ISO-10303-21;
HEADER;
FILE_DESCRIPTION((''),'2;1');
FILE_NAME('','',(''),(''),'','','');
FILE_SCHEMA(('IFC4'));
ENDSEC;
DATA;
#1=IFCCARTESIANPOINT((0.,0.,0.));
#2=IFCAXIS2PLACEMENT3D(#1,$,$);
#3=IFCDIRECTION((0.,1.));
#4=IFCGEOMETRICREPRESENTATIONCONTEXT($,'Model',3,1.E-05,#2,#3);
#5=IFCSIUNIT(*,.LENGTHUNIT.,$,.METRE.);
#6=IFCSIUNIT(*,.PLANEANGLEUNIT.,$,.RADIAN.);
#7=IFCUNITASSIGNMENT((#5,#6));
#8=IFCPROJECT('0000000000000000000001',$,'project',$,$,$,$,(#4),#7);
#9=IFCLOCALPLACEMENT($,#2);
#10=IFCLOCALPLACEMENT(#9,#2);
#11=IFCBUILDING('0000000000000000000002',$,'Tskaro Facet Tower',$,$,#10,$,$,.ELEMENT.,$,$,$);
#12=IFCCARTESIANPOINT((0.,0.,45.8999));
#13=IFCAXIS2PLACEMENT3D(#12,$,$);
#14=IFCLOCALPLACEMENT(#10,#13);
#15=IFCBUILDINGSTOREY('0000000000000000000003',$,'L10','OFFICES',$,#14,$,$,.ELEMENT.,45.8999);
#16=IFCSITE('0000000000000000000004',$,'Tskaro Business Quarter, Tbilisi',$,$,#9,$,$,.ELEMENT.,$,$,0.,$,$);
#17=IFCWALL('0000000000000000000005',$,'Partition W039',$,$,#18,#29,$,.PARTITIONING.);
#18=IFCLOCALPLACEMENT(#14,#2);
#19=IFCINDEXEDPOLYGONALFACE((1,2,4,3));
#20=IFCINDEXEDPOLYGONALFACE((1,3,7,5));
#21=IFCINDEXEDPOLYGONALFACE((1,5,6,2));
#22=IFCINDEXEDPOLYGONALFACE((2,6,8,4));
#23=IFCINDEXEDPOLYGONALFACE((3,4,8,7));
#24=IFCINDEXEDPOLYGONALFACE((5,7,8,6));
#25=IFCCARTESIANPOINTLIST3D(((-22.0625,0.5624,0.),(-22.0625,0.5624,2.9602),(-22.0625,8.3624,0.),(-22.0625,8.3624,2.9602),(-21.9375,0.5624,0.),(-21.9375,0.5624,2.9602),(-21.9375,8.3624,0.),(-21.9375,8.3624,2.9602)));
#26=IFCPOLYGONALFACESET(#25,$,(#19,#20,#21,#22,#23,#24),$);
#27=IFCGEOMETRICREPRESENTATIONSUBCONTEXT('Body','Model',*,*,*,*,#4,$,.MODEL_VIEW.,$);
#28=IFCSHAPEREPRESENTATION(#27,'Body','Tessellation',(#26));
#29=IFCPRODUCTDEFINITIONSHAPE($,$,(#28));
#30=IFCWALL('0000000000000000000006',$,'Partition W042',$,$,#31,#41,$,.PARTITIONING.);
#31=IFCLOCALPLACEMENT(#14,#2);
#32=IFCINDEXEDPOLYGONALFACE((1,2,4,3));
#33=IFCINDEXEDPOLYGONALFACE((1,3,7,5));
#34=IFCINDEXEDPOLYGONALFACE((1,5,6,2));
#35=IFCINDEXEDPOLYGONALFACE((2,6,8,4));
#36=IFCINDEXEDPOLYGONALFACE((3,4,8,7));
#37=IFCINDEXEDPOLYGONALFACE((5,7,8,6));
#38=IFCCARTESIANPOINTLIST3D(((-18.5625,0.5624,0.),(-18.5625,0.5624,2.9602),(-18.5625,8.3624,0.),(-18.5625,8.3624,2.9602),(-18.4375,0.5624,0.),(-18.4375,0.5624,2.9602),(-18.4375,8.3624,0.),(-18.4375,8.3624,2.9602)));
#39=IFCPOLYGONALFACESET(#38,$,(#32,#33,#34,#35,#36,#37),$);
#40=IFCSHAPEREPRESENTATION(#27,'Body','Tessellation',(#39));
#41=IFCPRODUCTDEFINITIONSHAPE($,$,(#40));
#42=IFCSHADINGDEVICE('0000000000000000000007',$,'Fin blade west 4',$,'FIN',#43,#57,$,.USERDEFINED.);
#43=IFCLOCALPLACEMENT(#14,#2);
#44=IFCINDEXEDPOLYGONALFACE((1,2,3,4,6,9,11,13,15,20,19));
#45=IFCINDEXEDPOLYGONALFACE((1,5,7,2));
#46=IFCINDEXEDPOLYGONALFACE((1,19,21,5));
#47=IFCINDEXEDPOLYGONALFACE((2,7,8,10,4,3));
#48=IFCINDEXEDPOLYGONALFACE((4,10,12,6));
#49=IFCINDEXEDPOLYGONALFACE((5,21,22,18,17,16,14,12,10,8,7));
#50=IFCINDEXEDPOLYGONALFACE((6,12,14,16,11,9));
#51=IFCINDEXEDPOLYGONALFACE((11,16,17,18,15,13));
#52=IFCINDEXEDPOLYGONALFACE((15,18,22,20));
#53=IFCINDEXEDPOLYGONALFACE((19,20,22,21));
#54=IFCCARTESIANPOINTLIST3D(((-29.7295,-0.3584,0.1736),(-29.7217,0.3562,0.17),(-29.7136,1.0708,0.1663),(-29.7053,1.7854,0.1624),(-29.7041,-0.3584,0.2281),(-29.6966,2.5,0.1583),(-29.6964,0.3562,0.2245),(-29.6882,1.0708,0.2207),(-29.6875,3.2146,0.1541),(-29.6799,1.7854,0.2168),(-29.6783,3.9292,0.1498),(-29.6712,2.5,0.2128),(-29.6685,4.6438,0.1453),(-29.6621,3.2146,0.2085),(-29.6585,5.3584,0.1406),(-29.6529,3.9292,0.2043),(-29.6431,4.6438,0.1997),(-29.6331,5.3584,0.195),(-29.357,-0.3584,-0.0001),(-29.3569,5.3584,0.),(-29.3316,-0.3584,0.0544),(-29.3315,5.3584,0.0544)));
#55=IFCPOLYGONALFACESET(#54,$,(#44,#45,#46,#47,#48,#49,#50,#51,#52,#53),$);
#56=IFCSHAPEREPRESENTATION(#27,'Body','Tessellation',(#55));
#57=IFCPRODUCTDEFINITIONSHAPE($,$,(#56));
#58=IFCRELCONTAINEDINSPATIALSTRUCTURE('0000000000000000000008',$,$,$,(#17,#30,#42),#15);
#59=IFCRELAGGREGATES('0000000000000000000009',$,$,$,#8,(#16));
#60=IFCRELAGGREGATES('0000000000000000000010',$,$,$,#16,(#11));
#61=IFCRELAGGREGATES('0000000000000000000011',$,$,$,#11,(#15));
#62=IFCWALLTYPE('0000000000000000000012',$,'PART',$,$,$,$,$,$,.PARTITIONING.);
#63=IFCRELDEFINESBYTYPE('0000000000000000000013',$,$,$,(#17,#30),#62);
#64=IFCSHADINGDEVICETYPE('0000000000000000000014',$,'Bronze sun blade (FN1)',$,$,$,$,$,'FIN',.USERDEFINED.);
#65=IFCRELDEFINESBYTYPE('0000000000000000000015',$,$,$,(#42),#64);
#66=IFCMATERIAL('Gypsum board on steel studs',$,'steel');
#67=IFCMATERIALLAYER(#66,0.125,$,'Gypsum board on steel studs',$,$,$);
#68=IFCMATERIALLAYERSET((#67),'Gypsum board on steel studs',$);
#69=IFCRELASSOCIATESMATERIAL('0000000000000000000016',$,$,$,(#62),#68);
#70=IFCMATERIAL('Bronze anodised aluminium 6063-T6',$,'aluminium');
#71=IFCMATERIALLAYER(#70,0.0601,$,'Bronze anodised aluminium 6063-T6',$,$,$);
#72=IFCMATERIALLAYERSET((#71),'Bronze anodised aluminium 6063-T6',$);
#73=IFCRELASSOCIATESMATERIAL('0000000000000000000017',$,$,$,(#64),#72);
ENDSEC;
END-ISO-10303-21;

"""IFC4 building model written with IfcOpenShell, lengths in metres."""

from ifc_helpers import new_model, si_unit, direction, frame, frame_2d, origin, place, context, subcontext, project, spatial, polyline, rectangle, outline, extrude, material, layer, layer_set, type_object, element, save


model = new_model("IFC4")

# Units and contexts
model_context = context("Model", 3, precision=1e-05, world=origin(), true_north=direction((0.0, 1.0)))
body_context = subcontext(model_context, "Body", "Model", "MODEL_VIEW")
ifc_project = project(units=[si_unit("LENGTHUNIT", "METRE"), si_unit("PLANEANGLEUNIT", "RADIAN")], contexts=[model_context])

# Site, building, storey
site_placement = place(None, origin())
site = spatial("IfcSite", under=ifc_project, at=site_placement, Name="Tskaro Business Quarter, Tbilisi", CompositionType="ELEMENT", RefElevation=0.0)
building_placement = place(site_placement, origin())
building = spatial("IfcBuilding", under=site, at=building_placement, Name="Tskaro Facet Tower", CompositionType="ELEMENT")
storey_placement = place(building_placement, frame((0.0, 0.0, 45.8999)))
storey = spatial("IfcBuildingStorey", under=building, at=storey_placement, Name="L10", Description="OFFICES", CompositionType="ELEMENT", Elevation=45.8999)

# Shared definitions
ifc_material_1 = material(Name="Bronze anodised aluminium 6063-T6", Category="aluminium")

# Shared definitions
ifc_material_2 = material(Name="Gypsum board on steel studs", Category="steel")
ifc_layer_1 = layer(ifc_material_2, 0.125, Name="Gypsum board on steel studs")
ifc_layer_set_1 = layer_set([ifc_layer_1], Name="Gypsum board on steel studs")
wall_type = type_object("IfcWallType", Name="PART", PredefinedType="PARTITIONING", material=ifc_layer_set_1)

# Walls
for number, where, z_axis, x_axis, name in (
    (1, (-22.0, 0.5625, 0.0), (0.0, 0.0, 1.0), (0.0, 1.0, 0.0), "Partition W039"),
    (2, (-18.5, 0.5625, 0.0), (0.0, 0.0, 1.0), (0.0, 1.0, 0.0), "Partition W042"),
):
    element("IfcWall", number, at=place(storey_placement, frame(where, z_axis=z_axis, x_axis=x_axis)), inside=storey, type_object=wall_type, Name=name, PredefinedType="PARTITIONING", context=body_context, shape_type="SweptSolid", body=[
        extrude(rectangle(XDim=7.8, YDim=0.125, at=frame_2d((3.8999, 0.0))), origin(), (0.0, 0.0, 1.0), 2.9602),
    ])

# Shading device
ifc_layer_2 = layer(ifc_material_1, 0.0601, Name="Bronze anodised aluminium 6063-T6")
ifc_layer_set_2 = layer_set([ifc_layer_2], Name="Bronze anodised aluminium 6063-T6")
shading_device_type = type_object("IfcShadingDeviceType", Name="Bronze sun blade (FN1)", ElementType="FIN", PredefinedType="USERDEFINED", material=ifc_layer_set_2)
shading_device_1_placement = place(storey_placement, frame((-29.3315, 5.3584, 0.0544), z_axis=(0.422599, -0.000014, 0.906317), x_axis=(-0.000006, -1.0, -0.000013)))
element("IfcShadingDevice", 3, at=shading_device_1_placement, inside=storey, type_object=shading_device_type, Name="Fin blade west 4", ObjectType="FIN", PredefinedType="USERDEFINED", context=body_context, shape_type="SweptSolid", body=[
    extrude(outline(polyline([(0.0, 0.0), (5.7168, 0.0), (5.7168, -0.411), (5.0022, -0.4025), (4.2876, -0.3935), (3.573, -0.3844), (2.8584, -0.3747), (2.1438, -0.3647), (1.4292, -0.3545), (0.7146, -0.3437), (0.0, -0.3327), (0.0, 0.0)])), origin(), (0.0, 0.0, -1.0), 0.0601),
])

save(model, "model.ifc")
